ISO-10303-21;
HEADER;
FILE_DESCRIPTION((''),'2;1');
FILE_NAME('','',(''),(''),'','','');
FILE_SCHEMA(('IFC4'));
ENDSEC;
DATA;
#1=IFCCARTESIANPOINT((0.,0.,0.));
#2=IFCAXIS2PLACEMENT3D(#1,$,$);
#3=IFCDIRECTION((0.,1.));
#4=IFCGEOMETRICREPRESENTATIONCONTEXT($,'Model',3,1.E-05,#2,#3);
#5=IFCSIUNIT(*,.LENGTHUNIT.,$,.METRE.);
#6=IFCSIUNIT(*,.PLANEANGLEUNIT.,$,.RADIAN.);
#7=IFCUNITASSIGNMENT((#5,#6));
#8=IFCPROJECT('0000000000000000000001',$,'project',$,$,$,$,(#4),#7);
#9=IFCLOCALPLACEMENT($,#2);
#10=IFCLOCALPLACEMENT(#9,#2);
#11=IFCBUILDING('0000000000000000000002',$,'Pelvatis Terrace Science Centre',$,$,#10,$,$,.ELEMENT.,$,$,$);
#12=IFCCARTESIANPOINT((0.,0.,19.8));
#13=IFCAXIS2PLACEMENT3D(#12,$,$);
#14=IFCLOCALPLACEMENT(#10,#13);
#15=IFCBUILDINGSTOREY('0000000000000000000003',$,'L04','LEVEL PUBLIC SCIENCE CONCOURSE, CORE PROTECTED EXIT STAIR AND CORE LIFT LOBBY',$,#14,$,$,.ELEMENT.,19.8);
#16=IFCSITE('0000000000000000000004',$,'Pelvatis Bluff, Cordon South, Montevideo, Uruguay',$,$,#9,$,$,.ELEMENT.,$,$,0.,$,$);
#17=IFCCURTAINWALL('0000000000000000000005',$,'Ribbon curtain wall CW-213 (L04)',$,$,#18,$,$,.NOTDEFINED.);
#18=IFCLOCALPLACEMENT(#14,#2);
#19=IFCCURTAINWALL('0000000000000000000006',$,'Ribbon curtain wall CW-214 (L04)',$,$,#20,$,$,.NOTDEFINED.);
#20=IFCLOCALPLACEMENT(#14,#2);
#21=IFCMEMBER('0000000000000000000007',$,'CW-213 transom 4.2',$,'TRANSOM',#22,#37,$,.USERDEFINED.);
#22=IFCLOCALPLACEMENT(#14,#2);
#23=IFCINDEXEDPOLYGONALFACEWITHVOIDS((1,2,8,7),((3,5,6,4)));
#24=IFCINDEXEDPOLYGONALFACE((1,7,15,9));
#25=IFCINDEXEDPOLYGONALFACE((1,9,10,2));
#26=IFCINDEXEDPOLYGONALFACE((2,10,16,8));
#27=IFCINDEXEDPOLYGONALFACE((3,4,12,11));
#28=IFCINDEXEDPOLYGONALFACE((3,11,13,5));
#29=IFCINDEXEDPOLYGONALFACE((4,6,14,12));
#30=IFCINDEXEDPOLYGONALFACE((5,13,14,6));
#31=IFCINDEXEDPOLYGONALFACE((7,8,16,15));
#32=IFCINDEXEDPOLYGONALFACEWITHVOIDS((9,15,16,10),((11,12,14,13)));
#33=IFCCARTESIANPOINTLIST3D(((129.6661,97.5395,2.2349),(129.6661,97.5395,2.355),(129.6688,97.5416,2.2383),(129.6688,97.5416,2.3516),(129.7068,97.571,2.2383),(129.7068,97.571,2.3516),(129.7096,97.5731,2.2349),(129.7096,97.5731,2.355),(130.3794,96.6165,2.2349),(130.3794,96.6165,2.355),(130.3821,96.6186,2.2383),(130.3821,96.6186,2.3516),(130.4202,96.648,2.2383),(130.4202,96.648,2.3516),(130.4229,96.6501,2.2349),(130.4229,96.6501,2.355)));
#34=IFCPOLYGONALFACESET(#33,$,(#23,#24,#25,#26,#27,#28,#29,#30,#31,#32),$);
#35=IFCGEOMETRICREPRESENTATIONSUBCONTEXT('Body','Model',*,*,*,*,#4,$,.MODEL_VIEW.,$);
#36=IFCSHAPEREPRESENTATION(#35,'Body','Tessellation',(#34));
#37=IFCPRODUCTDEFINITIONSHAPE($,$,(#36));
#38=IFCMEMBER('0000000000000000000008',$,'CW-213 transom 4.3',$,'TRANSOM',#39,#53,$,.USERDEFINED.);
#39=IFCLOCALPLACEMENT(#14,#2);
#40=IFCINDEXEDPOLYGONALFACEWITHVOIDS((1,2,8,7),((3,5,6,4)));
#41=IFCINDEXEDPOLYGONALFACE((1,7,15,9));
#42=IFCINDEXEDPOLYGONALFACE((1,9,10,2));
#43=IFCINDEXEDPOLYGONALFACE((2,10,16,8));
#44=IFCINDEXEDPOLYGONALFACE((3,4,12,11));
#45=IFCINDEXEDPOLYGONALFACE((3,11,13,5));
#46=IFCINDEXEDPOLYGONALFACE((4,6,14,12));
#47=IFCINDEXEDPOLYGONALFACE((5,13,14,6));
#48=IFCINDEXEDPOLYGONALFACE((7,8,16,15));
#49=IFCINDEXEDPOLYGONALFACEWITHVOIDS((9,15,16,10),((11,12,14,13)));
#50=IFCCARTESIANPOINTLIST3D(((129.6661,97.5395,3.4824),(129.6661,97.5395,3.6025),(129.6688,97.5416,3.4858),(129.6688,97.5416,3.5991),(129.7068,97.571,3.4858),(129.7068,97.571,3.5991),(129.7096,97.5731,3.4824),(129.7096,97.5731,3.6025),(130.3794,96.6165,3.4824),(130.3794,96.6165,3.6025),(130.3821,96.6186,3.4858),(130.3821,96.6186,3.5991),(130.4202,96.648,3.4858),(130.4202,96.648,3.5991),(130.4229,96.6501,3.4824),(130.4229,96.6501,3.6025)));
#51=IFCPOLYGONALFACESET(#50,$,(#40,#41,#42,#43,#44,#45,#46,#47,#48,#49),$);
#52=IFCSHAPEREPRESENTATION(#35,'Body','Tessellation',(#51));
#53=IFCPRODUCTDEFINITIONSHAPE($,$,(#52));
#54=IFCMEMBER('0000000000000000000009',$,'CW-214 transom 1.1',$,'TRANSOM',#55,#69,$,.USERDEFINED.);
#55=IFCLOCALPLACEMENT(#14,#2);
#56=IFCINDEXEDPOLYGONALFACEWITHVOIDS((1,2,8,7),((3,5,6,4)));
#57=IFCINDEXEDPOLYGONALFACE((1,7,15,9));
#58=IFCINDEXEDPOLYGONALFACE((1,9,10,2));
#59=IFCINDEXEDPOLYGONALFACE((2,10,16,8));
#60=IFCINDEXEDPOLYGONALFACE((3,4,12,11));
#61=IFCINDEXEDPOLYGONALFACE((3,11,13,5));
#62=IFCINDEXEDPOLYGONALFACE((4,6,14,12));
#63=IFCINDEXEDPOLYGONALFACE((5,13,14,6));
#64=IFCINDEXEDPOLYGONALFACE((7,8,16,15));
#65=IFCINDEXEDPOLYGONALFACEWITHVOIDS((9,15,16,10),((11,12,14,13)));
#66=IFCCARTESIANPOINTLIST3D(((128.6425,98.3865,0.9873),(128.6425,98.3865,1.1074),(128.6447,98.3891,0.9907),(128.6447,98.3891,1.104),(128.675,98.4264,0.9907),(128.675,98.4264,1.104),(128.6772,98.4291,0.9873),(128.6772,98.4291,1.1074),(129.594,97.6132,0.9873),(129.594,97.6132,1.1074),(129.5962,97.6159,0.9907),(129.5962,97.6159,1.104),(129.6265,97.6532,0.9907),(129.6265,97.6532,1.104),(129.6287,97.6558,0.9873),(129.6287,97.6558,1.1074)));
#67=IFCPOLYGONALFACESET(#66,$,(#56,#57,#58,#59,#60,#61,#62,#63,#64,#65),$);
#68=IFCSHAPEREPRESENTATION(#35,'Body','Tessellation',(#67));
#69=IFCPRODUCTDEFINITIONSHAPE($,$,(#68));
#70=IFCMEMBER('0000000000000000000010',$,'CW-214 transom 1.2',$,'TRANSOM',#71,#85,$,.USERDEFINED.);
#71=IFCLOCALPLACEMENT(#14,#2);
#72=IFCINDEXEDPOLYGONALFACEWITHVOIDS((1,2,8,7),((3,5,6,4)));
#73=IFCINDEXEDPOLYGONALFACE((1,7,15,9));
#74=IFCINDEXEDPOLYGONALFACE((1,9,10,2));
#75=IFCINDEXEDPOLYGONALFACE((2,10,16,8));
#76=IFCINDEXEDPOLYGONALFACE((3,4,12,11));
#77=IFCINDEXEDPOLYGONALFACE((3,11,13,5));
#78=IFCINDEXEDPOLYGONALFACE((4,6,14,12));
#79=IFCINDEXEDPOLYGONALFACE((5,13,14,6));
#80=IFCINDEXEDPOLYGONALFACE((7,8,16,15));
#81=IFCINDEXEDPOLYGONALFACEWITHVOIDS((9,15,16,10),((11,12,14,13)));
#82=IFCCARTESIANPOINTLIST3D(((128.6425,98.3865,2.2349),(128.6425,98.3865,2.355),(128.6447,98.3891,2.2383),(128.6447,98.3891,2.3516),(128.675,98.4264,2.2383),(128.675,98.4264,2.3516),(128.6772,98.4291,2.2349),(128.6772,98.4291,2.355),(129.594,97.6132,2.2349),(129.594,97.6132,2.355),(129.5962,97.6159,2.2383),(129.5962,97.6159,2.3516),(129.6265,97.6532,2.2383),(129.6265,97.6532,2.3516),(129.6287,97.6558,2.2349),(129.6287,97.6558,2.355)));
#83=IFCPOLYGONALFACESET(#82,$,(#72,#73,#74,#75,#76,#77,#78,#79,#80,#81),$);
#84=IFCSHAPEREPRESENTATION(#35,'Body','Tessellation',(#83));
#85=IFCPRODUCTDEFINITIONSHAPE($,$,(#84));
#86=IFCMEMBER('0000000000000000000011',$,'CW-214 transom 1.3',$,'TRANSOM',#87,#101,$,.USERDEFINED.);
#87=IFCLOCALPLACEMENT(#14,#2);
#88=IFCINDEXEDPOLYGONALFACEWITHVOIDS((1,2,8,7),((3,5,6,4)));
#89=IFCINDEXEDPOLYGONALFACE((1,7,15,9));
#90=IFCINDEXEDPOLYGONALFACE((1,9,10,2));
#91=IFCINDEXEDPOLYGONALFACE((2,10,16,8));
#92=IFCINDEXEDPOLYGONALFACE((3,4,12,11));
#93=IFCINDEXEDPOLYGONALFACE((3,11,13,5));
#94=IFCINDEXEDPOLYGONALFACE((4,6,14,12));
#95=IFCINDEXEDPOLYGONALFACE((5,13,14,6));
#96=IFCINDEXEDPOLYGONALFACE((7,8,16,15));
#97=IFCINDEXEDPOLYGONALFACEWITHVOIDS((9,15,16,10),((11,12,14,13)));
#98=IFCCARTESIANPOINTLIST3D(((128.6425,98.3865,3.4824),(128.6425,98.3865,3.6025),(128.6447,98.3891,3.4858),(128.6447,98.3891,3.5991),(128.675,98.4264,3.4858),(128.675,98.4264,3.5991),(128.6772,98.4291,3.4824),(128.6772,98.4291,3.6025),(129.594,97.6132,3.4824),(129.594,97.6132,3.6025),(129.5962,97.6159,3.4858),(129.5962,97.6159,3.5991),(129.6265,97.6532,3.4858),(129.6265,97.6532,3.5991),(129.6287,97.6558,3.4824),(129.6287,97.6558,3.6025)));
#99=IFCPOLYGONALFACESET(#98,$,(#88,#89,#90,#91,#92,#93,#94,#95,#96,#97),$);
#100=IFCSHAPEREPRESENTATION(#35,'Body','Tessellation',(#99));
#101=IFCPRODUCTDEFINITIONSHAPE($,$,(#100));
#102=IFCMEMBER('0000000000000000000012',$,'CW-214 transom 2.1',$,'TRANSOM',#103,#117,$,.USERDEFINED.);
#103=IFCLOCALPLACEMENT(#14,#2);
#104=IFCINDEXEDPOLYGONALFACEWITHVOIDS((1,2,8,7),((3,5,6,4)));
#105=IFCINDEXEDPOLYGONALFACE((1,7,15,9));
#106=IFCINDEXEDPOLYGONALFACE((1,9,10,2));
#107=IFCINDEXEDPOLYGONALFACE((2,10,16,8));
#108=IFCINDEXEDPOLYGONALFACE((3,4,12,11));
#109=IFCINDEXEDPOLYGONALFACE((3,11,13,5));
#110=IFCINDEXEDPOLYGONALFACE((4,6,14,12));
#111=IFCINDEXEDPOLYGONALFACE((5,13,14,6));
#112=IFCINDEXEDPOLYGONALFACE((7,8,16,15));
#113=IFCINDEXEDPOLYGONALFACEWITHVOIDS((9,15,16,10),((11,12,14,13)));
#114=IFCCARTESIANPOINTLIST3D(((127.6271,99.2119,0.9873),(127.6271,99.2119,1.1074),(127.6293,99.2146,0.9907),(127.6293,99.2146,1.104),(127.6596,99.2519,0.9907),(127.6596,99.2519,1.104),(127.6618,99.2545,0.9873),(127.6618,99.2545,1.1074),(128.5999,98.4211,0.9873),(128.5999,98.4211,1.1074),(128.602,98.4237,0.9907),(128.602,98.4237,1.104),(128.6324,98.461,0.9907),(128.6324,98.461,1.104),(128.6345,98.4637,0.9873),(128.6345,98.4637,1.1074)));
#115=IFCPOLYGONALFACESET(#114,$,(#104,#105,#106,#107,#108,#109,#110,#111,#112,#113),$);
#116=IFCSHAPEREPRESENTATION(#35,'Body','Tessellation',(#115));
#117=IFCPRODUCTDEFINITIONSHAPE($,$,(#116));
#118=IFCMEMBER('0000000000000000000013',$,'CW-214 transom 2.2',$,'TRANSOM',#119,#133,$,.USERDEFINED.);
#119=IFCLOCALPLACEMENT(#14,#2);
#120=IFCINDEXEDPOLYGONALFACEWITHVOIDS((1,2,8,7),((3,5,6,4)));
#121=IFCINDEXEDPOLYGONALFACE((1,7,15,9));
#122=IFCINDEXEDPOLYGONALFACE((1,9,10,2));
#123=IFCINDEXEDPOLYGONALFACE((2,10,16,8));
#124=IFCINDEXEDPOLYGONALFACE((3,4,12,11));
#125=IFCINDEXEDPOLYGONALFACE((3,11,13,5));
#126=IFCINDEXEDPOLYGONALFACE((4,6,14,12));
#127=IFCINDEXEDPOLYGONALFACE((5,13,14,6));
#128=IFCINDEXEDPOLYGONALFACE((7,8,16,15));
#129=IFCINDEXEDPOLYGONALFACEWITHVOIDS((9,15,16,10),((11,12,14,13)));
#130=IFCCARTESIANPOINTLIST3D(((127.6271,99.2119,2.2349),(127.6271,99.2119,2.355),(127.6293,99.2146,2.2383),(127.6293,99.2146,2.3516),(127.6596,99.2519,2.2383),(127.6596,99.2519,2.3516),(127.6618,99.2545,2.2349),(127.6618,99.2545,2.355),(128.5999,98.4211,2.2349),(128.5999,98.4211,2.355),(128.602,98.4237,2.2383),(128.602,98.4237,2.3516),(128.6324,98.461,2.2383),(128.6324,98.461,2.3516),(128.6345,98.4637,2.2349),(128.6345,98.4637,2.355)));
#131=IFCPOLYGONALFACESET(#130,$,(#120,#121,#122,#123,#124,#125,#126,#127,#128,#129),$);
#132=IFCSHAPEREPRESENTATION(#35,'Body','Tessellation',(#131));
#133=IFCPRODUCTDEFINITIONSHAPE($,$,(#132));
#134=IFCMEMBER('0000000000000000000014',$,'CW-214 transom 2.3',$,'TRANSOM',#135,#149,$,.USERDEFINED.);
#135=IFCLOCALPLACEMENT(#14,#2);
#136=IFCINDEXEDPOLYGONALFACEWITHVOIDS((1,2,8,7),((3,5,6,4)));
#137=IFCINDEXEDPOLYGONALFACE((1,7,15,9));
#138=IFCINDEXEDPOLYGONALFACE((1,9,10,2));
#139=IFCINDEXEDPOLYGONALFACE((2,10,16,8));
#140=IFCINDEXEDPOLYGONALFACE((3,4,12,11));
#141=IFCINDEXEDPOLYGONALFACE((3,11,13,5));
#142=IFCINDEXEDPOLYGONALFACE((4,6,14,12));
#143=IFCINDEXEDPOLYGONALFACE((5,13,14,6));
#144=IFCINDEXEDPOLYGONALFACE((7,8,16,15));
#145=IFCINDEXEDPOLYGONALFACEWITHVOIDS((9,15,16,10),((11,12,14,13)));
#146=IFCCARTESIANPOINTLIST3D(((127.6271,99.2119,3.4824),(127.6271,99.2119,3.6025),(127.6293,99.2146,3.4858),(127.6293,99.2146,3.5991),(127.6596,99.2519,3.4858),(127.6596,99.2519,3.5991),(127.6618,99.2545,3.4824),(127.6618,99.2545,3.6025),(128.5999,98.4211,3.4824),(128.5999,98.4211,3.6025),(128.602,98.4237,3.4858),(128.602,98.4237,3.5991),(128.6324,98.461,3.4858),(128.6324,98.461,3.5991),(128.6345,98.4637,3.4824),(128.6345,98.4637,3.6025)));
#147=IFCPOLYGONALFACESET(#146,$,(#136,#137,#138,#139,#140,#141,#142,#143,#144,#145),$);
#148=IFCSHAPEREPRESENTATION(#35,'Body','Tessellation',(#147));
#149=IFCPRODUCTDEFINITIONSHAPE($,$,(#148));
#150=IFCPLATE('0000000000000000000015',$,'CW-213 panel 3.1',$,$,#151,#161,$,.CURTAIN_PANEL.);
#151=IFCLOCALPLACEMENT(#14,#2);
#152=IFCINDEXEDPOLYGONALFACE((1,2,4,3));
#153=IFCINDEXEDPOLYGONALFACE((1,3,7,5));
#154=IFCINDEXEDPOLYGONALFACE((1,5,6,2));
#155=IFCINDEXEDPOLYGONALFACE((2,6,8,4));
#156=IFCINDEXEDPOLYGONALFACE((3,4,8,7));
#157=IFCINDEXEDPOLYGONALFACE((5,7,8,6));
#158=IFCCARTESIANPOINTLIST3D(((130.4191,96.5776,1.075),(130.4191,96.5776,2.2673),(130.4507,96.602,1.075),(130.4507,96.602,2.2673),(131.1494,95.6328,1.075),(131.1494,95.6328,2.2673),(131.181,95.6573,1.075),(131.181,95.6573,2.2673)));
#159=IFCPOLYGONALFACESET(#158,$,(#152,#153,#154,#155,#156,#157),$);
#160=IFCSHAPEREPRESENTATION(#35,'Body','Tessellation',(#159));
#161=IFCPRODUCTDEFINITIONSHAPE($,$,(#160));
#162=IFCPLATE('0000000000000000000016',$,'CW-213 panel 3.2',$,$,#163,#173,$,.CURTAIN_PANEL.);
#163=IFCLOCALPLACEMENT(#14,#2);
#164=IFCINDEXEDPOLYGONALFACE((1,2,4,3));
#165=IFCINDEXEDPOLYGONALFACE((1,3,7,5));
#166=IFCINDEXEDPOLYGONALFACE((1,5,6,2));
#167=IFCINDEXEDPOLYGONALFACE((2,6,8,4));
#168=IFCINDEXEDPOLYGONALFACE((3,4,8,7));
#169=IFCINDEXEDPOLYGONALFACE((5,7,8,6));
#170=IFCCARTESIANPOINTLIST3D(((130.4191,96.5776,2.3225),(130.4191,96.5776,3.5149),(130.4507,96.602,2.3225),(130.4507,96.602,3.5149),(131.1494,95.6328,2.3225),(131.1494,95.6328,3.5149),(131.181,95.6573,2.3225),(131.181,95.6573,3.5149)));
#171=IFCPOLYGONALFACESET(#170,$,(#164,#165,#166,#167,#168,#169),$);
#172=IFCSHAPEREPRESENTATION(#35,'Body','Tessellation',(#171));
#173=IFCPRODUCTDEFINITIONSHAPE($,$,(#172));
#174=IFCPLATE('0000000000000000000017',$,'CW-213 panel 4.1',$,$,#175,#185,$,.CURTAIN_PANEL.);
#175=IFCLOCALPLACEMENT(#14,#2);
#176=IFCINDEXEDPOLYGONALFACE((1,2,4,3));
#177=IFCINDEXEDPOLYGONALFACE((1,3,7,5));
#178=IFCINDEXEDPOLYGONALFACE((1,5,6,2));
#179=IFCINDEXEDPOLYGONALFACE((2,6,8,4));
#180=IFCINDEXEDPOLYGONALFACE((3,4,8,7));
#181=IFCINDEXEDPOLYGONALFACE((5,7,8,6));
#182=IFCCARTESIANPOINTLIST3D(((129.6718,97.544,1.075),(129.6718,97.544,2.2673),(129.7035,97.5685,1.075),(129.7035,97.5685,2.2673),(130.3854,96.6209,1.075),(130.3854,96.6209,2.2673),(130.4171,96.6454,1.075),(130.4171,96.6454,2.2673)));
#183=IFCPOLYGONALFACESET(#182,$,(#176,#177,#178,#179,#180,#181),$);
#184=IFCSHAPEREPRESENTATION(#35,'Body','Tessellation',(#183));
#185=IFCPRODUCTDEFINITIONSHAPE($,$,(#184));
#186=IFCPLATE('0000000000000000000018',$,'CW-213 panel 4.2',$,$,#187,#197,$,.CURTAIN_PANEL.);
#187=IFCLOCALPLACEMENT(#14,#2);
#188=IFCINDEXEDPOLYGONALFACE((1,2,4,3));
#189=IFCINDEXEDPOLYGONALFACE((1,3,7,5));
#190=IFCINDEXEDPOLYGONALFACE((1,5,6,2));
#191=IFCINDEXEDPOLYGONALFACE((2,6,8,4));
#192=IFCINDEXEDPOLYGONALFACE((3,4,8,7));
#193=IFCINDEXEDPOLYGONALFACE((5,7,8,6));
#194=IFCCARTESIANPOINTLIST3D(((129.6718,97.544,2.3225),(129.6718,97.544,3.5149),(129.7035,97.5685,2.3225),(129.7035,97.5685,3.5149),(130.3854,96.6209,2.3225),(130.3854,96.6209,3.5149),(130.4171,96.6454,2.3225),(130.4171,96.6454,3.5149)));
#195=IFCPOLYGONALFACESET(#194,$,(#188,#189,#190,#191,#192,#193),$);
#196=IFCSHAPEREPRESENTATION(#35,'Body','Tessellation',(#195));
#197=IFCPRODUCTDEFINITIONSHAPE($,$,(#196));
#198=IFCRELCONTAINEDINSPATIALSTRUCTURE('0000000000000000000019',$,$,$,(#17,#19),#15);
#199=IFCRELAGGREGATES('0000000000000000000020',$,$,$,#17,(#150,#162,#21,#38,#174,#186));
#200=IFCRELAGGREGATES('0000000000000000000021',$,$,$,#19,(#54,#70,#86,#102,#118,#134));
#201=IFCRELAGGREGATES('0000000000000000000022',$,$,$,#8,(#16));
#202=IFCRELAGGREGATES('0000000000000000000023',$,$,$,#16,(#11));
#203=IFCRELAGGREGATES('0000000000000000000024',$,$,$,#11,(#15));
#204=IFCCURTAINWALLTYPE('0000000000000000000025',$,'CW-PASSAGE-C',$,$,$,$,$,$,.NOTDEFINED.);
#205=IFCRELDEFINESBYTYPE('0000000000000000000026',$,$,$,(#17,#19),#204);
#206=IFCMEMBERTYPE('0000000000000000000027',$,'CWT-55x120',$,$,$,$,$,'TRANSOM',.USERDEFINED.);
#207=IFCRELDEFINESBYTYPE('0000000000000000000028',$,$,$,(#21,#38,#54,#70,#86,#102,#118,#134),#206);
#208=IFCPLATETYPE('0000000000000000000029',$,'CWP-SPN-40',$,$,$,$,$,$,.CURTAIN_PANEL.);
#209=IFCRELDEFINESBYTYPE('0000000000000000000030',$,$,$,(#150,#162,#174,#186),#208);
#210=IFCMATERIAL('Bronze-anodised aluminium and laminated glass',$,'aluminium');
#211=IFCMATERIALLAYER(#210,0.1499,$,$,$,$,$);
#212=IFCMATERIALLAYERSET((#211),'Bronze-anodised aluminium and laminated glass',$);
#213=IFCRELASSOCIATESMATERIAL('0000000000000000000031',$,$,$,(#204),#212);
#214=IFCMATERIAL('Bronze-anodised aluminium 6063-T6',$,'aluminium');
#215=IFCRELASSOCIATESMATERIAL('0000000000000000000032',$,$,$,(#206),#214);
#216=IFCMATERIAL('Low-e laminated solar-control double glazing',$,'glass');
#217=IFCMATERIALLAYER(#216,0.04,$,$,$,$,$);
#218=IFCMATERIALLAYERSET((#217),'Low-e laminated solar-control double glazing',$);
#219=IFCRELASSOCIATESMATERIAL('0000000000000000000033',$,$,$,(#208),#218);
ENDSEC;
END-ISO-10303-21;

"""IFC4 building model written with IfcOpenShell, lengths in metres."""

from ifc_helpers import new_model, si_unit, direction, frame, origin, origin_2d, place, context, subcontext, project, spatial, rectangle, hollow_rectangle, extrude, material, layer, layer_set, material_profile, profile_set, type_object, element, aggregate, save


model = new_model("IFC4")

# Units and contexts
model_context = context("Model", 3, precision=1e-05, world=origin(), true_north=direction((0.0, 1.0)))
body_context = subcontext(model_context, "Body", "Model", "MODEL_VIEW")
ifc_project = project(units=[si_unit("LENGTHUNIT", "METRE"), si_unit("PLANEANGLEUNIT", "RADIAN")], contexts=[model_context])

# Site, building, storey
site_placement = place(None, origin())
site = spatial("IfcSite", under=ifc_project, at=site_placement, Name="Pelvatis Bluff, Cordon South, Montevideo, Uruguay", CompositionType="ELEMENT", RefElevation=0.0)
building_placement = place(site_placement, origin())
building = spatial("IfcBuilding", under=site, at=building_placement, Name="Pelvatis Terrace Science Centre", CompositionType="ELEMENT")
storey_placement = place(building_placement, frame((0.0, 0.0, 19.8)))
storey = spatial("IfcBuildingStorey", under=building, at=storey_placement, Name="L04", Description="LEVEL PUBLIC SCIENCE CONCOURSE, CORE PROTECTED EXIT STAIR AND CORE LIFT LOBBY", CompositionType="ELEMENT", Elevation=19.8)

# Curtain walls
ifc_material_1 = material(Name="Bronze-anodised aluminium and laminated glass", Category="aluminium")
ifc_layer_1 = layer(ifc_material_1, 0.1499)
ifc_layer_set_1 = layer_set([ifc_layer_1], Name="Bronze-anodised aluminium and laminated glass")
curtain_wall_type = type_object("IfcCurtainWallType", Name="CW-PASSAGE-C", PredefinedType="NOTDEFINED", material=ifc_layer_set_1)
curtain_wall_1_placement = place(storey_placement, origin())
curtain_wall_1 = element("IfcCurtainWall", 1, at=curtain_wall_1_placement, inside=storey, type_object=curtain_wall_type, Name="Ribbon curtain wall CW-213 (L04)", PredefinedType="NOTDEFINED")
curtain_wall_2_placement = place(storey_placement, origin())
curtain_wall_2 = element("IfcCurtainWall", 2, at=curtain_wall_2_placement, inside=storey, type_object=curtain_wall_type, Name="Ribbon curtain wall CW-214 (L04)", PredefinedType="NOTDEFINED")

# Members
ifc_material_2 = material(Name="Bronze-anodised aluminium 6063-T6", Category="aluminium")
ifc_material_profile_1 = material_profile(ifc_material_2, hollow_rectangle(XDim=0.0549, YDim=0.1201, WallThickness=0.0034, at=origin_2d()), Name="ALU-TRN 55x120")
ifc_profile_set_1 = profile_set([ifc_material_profile_1], Name="Bronze-anodised aluminium 6063-T6")
member_type_1 = type_object("IfcMemberType", Name="CWT-55x120", ElementType="TRANSOM", PredefinedType="USERDEFINED", material=ifc_profile_set_1)
member_1_placement = place(storey_placement, frame((130.4011, 96.6333, 2.2949), z_axis=(-0.611489, 0.791253, 0.0), x_axis=(-0.791253, -0.611489, 0.0)))
member_1 = element("IfcMember", 3, at=member_1_placement, type_object=member_type_1, Name="CW-213 transom 4.2", ObjectType="TRANSOM", PredefinedType="USERDEFINED", context=body_context, shape_type="SweptSolid", body=[
    extrude(hollow_rectangle(XDim=0.0549, YDim=0.1201, WallThickness=0.0034, at=origin_2d()), origin(), (0.0, 0.0, 1.0), 1.1665),
])
member_2_placement = place(storey_placement, frame((130.4011, 96.6333, 3.5425), z_axis=(-0.611489, 0.791253, 0.0), x_axis=(-0.791253, -0.611489, 0.0)))
member_2 = element("IfcMember", 4, at=member_2_placement, type_object=member_type_1, Name="CW-213 transom 4.3", ObjectType="TRANSOM", PredefinedType="USERDEFINED", context=body_context, shape_type="SweptSolid", body=[
    extrude(hollow_rectangle(XDim=0.0549, YDim=0.1201, WallThickness=0.0034, at=origin_2d()), origin(), (0.0, 0.0, 1.0), 1.1665),
])
member_3_placement = place(storey_placement, frame((129.6113, 97.6345, 1.0474), z_axis=(-0.776047, 0.630675, 0.0), x_axis=(-0.630675, -0.776047, 0.0)))
member_3 = element("IfcMember", 5, at=member_3_placement, type_object=member_type_1, Name="CW-214 transom 1.1", ObjectType="TRANSOM", PredefinedType="USERDEFINED", context=body_context, shape_type="SweptSolid", body=[
    extrude(hollow_rectangle(XDim=0.0549, YDim=0.1201, WallThickness=0.0034, at=origin_2d()), origin(), (0.0, 0.0, 1.0), 1.2261),
])
member_4_placement = place(storey_placement, frame((129.6113, 97.6345, 2.2949), z_axis=(-0.776047, 0.630675, 0.0), x_axis=(-0.630675, -0.776047, 0.0)))
member_4 = element("IfcMember", 6, at=member_4_placement, type_object=member_type_1, Name="CW-214 transom 1.2", ObjectType="TRANSOM", PredefinedType="USERDEFINED", context=body_context, shape_type="SweptSolid", body=[
    extrude(hollow_rectangle(XDim=0.0549, YDim=0.1201, WallThickness=0.0034, at=origin_2d()), origin(), (0.0, 0.0, 1.0), 1.2261),
])
member_5_placement = place(storey_placement, frame((129.6113, 97.6345, 3.5425), z_axis=(-0.776047, 0.630675, 0.0), x_axis=(-0.630675, -0.776047, 0.0)))
member_5 = element("IfcMember", 7, at=member_5_placement, type_object=member_type_1, Name="CW-214 transom 1.3", ObjectType="TRANSOM", PredefinedType="USERDEFINED", context=body_context, shape_type="SweptSolid", body=[
    extrude(hollow_rectangle(XDim=0.0549, YDim=0.1201, WallThickness=0.0034, at=origin_2d()), origin(), (0.0, 0.0, 1.0), 1.2261),
])
member_6_placement = place(storey_placement, frame((128.6172, 98.4424, 1.0474), z_axis=(-0.775923, 0.630827, 0.0), x_axis=(-0.630827, -0.775923, 0.0)))
member_6 = element("IfcMember", 8, at=member_6_placement, type_object=member_type_1, Name="CW-214 transom 2.1", ObjectType="TRANSOM", PredefinedType="USERDEFINED", context=body_context, shape_type="SweptSolid", body=[
    extrude(hollow_rectangle(XDim=0.0549, YDim=0.1201, WallThickness=0.0034, at=origin_2d()), origin(), (0.0, 0.0, 1.0), 1.2537),
])
member_7_placement = place(storey_placement, frame((128.6172, 98.4424, 2.2949), z_axis=(-0.775923, 0.630827, 0.0), x_axis=(-0.630827, -0.775923, 0.0)))
member_7 = element("IfcMember", 9, at=member_7_placement, type_object=member_type_1, Name="CW-214 transom 2.2", ObjectType="TRANSOM", PredefinedType="USERDEFINED", context=body_context, shape_type="SweptSolid", body=[
    extrude(hollow_rectangle(XDim=0.0549, YDim=0.1201, WallThickness=0.0034, at=origin_2d()), origin(), (0.0, 0.0, 1.0), 1.2537),
])
member_8_placement = place(storey_placement, frame((128.6172, 98.4424, 3.5425), z_axis=(-0.775923, 0.630827, 0.0), x_axis=(-0.630827, -0.775923, 0.0)))
member_8 = element("IfcMember", 10, at=member_8_placement, type_object=member_type_1, Name="CW-214 transom 2.3", ObjectType="TRANSOM", PredefinedType="USERDEFINED", context=body_context, shape_type="SweptSolid", body=[
    extrude(hollow_rectangle(XDim=0.0549, YDim=0.1201, WallThickness=0.0034, at=origin_2d()), origin(), (0.0, 0.0, 1.0), 1.2537),
])

# Plates
ifc_material_3 = material(Name="Low-e laminated solar-control double glazing", Category="glass")
ifc_layer_2 = layer(ifc_material_3, 0.04)
ifc_layer_set_2 = layer_set([ifc_layer_2], Name="Low-e laminated solar-control double glazing")
plate_type = type_object("IfcPlateType", Name="CWP-SPN-40", PredefinedType="CURTAIN_PANEL", material=ifc_layer_set_2)
plate_1_placement = place(storey_placement, frame((130.8, 96.1174, 1.075), z_axis=(0.0, 0.0, 1.0), x_axis=(-0.611582, 0.791181, 0.0)))
plate_1 = element("IfcPlate", 11, at=plate_1_placement, type_object=plate_type, Name="CW-213 panel 3.1", PredefinedType="CURTAIN_PANEL", context=body_context, shape_type="SweptSolid", body=[
    extrude(rectangle(XDim=1.1941, YDim=0.04, at=origin_2d()), origin(), (0.0, 0.0, 1.0), 1.1924),
])
plate_2_placement = place(storey_placement, frame((130.8, 96.1174, 2.3225), z_axis=(0.0, 0.0, 1.0), x_axis=(-0.611582, 0.791181, 0.0)))
plate_2 = element("IfcPlate", 12, at=plate_2_placement, type_object=plate_type, Name="CW-213 panel 3.2", PredefinedType="CURTAIN_PANEL", context=body_context, shape_type="SweptSolid", body=[
    extrude(rectangle(XDim=1.1941, YDim=0.04, at=origin_2d()), origin(), (0.0, 0.0, 1.0), 1.1924),
])
plate_3_placement = place(storey_placement, frame((130.0444, 97.0947, 1.075), z_axis=(0.0, 0.0, 1.0), x_axis=(-0.611582, 0.791181, 0.0)))
plate_3 = element("IfcPlate", 13, at=plate_3_placement, type_object=plate_type, Name="CW-213 panel 4.1", PredefinedType="CURTAIN_PANEL", context=body_context, shape_type="SweptSolid", body=[
    extrude(rectangle(XDim=1.1667, YDim=0.04, at=origin_2d()), origin(), (0.0, 0.0, 1.0), 1.1924),
])
plate_4_placement = place(storey_placement, frame((130.0444, 97.0947, 2.3225), z_axis=(0.0, 0.0, 1.0), x_axis=(-0.611582, 0.791181, 0.0)))
plate_4 = element("IfcPlate", 14, at=plate_4_placement, type_object=plate_type, Name="CW-213 panel 4.2", PredefinedType="CURTAIN_PANEL", context=body_context, shape_type="SweptSolid", body=[
    extrude(rectangle(XDim=1.1667, YDim=0.04, at=origin_2d()), origin(), (0.0, 0.0, 1.0), 1.1924),
])
aggregate(curtain_wall_1, [plate_1, plate_2, member_1, member_2, plate_3, plate_4])
aggregate(curtain_wall_2, [member_3, member_4, member_5, member_6, member_7, member_8])

save(model, "model.ifc")
